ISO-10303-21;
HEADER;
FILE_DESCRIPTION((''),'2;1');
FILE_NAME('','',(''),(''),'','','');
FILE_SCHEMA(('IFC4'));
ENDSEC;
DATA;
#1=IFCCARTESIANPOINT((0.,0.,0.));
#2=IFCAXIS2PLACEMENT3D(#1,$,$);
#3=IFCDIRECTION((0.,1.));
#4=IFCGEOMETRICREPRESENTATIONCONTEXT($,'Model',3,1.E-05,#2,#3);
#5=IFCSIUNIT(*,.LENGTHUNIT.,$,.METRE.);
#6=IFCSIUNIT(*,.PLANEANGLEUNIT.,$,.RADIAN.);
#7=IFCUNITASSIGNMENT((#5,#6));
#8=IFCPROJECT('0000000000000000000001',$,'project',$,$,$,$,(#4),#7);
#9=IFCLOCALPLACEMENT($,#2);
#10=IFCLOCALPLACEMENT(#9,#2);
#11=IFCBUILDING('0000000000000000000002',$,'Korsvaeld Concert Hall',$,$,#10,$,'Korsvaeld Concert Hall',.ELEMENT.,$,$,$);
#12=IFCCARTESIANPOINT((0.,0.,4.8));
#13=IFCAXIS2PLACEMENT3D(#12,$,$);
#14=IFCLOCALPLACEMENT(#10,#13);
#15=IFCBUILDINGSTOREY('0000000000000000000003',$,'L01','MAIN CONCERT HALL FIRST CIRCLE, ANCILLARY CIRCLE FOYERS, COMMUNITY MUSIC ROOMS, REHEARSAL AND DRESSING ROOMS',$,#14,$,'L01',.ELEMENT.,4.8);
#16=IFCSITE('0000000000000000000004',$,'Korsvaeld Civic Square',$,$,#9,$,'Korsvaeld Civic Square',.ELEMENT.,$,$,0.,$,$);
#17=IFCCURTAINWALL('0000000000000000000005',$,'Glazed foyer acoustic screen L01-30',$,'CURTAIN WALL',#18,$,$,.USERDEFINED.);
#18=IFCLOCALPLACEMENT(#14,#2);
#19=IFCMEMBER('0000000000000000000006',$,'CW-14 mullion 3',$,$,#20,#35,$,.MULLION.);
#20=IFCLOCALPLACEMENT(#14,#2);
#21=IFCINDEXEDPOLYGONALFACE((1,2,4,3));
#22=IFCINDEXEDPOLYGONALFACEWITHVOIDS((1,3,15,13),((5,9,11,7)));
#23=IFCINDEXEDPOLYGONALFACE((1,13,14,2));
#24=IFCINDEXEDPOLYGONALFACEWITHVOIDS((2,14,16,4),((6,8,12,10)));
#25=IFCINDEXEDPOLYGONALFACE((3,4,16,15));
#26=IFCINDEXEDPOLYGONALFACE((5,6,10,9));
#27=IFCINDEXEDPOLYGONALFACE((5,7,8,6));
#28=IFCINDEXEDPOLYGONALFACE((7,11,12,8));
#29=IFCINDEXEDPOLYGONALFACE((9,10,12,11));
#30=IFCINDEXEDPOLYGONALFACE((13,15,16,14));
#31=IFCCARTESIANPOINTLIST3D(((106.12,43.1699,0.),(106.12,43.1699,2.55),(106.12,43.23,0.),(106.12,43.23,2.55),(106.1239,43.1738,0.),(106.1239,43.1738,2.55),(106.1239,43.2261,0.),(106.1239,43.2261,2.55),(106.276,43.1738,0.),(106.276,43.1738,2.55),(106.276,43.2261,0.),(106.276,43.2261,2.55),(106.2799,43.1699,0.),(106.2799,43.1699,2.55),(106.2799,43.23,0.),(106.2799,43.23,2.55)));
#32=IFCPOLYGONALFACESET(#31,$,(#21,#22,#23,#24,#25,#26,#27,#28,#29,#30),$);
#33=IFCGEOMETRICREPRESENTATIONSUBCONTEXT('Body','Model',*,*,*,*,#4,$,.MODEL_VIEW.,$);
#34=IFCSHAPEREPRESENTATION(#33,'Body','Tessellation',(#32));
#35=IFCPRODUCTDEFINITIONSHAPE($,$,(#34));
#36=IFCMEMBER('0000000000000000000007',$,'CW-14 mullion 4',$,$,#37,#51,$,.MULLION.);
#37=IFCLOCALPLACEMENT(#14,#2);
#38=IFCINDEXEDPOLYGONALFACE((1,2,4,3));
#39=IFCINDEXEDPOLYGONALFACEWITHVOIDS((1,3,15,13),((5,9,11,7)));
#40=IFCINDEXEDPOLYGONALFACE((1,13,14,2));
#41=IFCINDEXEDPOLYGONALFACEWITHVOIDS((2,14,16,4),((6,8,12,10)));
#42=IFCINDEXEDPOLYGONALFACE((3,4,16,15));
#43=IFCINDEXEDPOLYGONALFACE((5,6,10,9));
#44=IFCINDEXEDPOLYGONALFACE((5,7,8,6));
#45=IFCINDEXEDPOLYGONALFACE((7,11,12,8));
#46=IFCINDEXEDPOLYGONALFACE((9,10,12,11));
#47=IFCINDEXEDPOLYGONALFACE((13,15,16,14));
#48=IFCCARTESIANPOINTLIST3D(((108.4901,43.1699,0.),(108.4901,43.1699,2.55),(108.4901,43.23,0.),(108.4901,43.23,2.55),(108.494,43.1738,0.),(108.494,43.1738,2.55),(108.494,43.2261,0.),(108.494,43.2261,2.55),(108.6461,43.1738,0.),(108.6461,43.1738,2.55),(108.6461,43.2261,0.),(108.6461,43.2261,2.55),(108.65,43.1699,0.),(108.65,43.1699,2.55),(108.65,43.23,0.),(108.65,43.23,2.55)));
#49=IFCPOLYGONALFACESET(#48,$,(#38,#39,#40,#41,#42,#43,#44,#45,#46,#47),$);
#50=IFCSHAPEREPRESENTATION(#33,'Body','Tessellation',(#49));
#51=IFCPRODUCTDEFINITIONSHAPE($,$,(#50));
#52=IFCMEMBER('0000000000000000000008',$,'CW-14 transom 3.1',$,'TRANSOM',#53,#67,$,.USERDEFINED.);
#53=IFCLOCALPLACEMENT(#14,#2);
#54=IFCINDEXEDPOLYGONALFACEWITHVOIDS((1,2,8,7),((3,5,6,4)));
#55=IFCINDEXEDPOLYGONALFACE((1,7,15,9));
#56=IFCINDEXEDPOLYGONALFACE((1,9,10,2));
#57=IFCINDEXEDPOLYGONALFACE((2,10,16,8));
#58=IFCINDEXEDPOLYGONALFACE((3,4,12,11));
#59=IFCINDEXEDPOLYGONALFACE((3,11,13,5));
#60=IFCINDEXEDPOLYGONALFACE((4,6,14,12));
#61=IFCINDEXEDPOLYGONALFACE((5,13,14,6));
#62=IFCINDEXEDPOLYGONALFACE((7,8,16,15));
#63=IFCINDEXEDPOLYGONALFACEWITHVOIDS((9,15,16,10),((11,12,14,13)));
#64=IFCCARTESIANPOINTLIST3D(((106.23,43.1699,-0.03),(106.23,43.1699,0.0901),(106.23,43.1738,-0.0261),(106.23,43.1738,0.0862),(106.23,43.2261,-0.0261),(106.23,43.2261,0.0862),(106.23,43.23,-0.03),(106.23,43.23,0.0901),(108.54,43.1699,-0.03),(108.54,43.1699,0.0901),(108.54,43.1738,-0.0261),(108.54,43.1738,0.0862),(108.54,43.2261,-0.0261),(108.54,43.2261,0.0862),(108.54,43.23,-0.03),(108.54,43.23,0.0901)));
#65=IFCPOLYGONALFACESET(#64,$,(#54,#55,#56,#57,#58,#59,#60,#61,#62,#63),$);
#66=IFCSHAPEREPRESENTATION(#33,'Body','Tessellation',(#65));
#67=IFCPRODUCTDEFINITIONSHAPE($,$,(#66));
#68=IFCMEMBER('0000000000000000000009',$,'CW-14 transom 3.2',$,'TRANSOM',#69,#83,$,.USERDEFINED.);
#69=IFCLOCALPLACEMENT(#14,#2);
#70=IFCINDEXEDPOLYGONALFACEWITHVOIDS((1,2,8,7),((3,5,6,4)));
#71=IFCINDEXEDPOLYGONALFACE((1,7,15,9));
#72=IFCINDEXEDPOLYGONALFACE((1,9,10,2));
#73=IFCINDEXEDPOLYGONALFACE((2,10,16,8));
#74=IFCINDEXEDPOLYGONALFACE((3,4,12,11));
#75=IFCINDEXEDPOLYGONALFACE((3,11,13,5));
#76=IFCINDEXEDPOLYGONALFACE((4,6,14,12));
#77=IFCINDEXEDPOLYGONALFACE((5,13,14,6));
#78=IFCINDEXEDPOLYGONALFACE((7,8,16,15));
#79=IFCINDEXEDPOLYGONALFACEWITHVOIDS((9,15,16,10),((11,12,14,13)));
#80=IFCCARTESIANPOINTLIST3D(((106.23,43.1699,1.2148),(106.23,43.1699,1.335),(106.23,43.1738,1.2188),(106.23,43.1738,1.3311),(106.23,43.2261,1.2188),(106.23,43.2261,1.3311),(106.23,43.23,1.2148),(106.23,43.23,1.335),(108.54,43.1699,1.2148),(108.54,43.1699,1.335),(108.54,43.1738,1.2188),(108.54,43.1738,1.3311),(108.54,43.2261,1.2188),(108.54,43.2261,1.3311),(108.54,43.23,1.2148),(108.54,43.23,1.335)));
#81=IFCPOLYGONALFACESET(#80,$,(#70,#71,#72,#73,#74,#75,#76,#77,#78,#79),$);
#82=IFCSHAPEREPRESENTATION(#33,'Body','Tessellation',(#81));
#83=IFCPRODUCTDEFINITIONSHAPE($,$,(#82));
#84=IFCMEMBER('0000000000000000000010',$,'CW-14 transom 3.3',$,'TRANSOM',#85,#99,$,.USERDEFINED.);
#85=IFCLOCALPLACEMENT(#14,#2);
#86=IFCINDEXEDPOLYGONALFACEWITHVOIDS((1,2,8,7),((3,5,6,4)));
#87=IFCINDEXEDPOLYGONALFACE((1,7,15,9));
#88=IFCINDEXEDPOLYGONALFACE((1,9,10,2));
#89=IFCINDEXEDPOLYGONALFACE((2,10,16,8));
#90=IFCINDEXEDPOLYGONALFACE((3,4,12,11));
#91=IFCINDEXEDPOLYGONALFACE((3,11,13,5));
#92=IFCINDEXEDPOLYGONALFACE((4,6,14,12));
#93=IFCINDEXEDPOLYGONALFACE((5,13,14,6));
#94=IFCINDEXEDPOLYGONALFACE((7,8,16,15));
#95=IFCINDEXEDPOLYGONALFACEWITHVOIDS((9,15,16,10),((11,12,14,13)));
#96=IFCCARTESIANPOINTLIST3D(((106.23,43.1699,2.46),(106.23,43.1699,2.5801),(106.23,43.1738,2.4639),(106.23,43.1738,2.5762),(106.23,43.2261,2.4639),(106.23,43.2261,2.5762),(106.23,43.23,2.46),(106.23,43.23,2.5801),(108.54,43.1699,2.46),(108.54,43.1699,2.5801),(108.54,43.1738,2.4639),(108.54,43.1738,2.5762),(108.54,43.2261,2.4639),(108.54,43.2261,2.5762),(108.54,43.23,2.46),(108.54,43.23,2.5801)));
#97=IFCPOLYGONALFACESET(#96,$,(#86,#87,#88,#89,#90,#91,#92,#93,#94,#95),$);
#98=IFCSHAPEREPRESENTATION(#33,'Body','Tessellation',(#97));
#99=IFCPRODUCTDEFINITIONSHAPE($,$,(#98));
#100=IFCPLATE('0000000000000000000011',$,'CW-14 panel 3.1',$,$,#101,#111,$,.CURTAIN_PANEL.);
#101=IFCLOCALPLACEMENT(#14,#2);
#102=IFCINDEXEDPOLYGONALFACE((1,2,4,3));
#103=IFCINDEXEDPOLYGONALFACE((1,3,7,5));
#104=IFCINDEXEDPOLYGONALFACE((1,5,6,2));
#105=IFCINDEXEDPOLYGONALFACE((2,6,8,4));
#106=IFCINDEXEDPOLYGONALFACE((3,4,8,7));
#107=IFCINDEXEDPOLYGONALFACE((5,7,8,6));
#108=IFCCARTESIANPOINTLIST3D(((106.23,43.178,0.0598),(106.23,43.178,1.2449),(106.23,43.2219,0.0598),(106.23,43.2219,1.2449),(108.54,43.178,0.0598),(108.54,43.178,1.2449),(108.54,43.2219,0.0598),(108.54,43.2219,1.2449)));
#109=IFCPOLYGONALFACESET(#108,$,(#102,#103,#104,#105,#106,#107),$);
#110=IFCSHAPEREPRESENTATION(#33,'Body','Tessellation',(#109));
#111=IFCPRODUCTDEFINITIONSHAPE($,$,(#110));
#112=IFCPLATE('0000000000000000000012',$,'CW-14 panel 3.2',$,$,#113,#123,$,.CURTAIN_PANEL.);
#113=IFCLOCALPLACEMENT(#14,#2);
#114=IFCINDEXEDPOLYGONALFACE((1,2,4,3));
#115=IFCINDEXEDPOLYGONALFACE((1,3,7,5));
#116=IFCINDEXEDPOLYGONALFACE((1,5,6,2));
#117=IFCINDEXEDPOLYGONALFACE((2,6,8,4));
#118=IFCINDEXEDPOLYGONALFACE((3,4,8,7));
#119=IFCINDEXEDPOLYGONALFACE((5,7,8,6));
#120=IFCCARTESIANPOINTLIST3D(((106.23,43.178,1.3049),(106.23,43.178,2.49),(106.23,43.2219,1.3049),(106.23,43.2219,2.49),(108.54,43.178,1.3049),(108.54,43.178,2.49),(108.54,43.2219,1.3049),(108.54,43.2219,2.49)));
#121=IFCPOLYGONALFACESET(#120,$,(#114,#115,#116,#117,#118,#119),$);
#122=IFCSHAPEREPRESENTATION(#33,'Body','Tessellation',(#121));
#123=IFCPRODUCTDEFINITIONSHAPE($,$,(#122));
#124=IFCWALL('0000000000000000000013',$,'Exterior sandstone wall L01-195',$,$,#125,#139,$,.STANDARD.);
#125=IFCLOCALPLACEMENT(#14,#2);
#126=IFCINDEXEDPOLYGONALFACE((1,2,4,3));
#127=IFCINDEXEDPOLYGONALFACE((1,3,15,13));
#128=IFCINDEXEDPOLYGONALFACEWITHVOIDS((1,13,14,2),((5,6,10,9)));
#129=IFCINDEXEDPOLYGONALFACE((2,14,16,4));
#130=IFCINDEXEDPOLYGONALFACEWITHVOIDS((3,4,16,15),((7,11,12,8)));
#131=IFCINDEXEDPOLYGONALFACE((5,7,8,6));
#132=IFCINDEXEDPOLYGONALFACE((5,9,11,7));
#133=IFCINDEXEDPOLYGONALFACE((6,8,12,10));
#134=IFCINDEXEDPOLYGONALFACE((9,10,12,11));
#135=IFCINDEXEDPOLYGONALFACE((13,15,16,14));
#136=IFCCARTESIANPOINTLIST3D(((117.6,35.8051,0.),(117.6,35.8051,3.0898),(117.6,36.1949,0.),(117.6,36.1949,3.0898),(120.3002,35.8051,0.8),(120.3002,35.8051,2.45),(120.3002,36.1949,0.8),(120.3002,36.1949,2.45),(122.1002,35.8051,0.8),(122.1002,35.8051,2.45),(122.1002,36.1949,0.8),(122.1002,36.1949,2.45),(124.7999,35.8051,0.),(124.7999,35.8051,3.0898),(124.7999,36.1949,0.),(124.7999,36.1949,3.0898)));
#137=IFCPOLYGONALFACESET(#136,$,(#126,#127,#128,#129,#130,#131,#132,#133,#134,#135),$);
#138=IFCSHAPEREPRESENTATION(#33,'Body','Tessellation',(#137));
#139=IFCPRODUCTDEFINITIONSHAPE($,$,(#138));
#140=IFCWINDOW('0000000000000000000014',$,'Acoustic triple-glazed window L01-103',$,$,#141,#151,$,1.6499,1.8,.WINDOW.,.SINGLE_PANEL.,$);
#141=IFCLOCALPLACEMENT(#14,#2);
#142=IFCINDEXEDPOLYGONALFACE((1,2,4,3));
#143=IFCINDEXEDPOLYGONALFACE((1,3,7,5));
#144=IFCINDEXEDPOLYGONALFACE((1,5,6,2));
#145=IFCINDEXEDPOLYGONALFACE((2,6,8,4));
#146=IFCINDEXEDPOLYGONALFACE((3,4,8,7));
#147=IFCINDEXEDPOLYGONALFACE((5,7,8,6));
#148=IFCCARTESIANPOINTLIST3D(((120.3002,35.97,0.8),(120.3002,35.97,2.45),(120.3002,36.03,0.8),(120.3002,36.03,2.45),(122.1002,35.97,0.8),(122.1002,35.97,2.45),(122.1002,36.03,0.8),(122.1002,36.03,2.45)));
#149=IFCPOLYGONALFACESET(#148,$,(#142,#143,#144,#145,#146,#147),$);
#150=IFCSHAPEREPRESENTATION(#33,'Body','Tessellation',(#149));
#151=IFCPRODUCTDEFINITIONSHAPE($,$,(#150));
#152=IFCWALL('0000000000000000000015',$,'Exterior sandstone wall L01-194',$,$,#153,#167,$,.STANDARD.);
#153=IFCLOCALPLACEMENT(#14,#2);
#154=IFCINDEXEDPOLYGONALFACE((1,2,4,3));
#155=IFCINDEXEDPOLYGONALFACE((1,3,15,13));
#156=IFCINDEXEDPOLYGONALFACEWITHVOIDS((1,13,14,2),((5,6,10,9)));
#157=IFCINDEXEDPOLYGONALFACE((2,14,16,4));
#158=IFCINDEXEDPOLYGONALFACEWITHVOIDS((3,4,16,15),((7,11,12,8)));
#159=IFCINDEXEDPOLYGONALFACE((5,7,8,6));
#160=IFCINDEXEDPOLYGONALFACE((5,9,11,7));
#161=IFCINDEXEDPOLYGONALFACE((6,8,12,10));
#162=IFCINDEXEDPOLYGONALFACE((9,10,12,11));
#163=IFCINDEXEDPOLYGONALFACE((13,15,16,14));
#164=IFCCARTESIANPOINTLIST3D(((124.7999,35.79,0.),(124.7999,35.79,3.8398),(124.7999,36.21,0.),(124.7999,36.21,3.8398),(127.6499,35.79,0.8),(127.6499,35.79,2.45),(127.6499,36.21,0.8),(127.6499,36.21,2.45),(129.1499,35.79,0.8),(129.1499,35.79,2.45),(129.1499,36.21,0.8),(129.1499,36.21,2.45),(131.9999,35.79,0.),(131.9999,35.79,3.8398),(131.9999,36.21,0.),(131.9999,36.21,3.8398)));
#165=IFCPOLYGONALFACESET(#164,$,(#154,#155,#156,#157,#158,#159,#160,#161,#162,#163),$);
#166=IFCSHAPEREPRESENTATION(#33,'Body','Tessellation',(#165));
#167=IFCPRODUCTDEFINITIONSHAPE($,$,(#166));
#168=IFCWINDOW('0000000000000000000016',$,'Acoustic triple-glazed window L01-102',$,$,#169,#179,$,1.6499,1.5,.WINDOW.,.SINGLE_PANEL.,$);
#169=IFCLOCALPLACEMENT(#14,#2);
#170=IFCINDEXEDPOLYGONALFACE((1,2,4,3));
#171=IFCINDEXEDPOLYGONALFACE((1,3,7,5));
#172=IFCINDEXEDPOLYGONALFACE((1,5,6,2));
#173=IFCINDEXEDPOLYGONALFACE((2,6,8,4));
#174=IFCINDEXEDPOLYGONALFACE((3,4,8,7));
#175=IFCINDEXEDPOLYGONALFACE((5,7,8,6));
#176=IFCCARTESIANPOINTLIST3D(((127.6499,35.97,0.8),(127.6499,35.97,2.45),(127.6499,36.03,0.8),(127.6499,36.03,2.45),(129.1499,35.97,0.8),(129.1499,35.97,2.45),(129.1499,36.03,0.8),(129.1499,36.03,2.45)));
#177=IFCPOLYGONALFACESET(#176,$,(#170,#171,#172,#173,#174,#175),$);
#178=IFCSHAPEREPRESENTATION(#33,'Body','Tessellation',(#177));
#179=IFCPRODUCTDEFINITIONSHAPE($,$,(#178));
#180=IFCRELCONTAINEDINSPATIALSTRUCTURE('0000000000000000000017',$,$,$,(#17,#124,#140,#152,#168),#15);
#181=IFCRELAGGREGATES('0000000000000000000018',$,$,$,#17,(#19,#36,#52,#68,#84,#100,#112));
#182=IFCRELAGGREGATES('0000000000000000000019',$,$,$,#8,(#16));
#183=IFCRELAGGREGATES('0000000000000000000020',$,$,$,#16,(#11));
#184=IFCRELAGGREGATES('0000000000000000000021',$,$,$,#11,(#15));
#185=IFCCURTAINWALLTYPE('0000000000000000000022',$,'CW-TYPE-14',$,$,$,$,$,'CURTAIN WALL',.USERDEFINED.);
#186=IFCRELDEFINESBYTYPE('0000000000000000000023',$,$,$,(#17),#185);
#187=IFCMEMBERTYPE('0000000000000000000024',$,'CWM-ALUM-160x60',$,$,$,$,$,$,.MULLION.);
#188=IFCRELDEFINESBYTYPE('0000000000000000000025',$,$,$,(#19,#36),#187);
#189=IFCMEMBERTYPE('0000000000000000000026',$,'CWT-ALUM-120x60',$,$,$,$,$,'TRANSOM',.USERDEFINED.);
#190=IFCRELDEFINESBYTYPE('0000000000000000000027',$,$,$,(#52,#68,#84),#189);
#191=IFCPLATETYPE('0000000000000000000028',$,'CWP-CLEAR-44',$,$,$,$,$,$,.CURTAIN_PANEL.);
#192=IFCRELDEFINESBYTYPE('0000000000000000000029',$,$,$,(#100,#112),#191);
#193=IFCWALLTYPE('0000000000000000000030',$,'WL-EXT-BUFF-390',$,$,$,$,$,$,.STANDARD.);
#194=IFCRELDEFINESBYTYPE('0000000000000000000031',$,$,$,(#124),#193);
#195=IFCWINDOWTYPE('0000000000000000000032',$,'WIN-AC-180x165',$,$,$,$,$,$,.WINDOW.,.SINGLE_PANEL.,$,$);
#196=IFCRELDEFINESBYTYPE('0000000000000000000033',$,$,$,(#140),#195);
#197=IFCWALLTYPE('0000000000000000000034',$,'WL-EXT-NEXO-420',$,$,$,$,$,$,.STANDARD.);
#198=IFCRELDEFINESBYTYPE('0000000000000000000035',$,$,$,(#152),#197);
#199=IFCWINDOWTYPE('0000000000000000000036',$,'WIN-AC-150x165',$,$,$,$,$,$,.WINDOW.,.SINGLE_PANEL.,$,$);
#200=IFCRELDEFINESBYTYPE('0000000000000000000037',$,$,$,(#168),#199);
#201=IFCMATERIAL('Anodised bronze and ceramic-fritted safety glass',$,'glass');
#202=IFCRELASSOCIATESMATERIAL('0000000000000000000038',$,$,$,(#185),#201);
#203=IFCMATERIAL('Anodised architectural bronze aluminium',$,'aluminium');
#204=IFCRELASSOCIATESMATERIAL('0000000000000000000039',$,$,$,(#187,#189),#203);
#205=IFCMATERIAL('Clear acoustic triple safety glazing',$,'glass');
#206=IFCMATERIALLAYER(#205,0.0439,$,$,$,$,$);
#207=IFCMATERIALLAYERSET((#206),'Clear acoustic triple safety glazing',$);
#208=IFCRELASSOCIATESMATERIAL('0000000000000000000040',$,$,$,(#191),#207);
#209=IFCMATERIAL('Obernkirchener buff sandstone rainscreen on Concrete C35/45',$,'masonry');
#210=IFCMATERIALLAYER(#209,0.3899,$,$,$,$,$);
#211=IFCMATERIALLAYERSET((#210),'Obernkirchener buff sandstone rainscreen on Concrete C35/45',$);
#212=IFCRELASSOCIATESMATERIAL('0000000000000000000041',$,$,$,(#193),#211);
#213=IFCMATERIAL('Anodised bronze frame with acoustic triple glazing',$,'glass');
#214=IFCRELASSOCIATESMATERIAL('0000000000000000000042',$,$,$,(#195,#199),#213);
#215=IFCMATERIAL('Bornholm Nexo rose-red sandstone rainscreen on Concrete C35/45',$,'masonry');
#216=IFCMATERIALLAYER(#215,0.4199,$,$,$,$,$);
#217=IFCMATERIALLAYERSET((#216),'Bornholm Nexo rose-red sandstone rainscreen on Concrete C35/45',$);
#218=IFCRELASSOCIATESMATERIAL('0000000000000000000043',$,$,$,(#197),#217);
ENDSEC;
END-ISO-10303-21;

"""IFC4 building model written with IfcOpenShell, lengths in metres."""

from ifc_helpers import new_model, si_unit, direction, frame, frame_2d, origin, origin_2d, place, context, subcontext, project, spatial, rectangle, hollow_rectangle, extrude, material, layer, layer_set, material_profile, profile_set, type_object, element, fill, aggregate, save


model = new_model("IFC4")

# Units and contexts
model_context = context("Model", 3, precision=1e-05, world=origin(), true_north=direction((0.0, 1.0)))
body_context = subcontext(model_context, "Body", "Model", "MODEL_VIEW")
ifc_project = project(units=[si_unit("LENGTHUNIT", "METRE"), si_unit("PLANEANGLEUNIT", "RADIAN")], contexts=[model_context])

# Site, building, storey
site_placement = place(None, origin())
site = spatial("IfcSite", under=ifc_project, at=site_placement, Name="Korsvaeld Civic Square", LongName="Korsvaeld Civic Square", CompositionType="ELEMENT", RefElevation=0.0)
building_placement = place(site_placement, origin())
building = spatial("IfcBuilding", under=site, at=building_placement, Name="Korsvaeld Concert Hall", LongName="Korsvaeld Concert Hall", CompositionType="ELEMENT")
storey_placement = place(building_placement, frame((0.0, 0.0, 4.8)))
storey = spatial("IfcBuildingStorey", under=building, at=storey_placement, Name="L01", Description="MAIN CONCERT HALL FIRST CIRCLE, ANCILLARY CIRCLE FOYERS, COMMUNITY MUSIC ROOMS, REHEARSAL AND DRESSING ROOMS", LongName="L01", CompositionType="ELEMENT", Elevation=4.8)

# Curtain wall, members, plates
ifc_material_1 = material(Name="Anodised bronze and ceramic-fritted safety glass", Category="glass")
curtain_wall_type = type_object("IfcCurtainWallType", Name="CW-TYPE-14", ElementType="CURTAIN WALL", PredefinedType="USERDEFINED", material=ifc_material_1)
curtain_wall_placement = place(storey_placement, origin())
curtain_wall = element("IfcCurtainWall", 1, at=curtain_wall_placement, inside=storey, type_object=curtain_wall_type, Name="Glazed foyer acoustic screen L01-30", ObjectType="CURTAIN WALL", PredefinedType="USERDEFINED")
ifc_material_2 = material(Name="Anodised architectural bronze aluminium", Category="aluminium")
ifc_material_profile_1 = material_profile(ifc_material_2, hollow_rectangle(XDim=0.0601, YDim=0.1599, WallThickness=0.0039, at=origin_2d()), Name="CWM 160x60x4")
ifc_profile_set_1 = profile_set([ifc_material_profile_1], Name="Anodised architectural bronze aluminium")
member_type_1 = type_object("IfcMemberType", Name="CWM-ALUM-160x60", PredefinedType="MULLION", material=ifc_profile_set_1)
member_1_placement = place(storey_placement, frame((106.2, 43.2, 0.0), z_axis=(0.0, 0.0, 1.0), x_axis=(0.0, 1.0, 0.0)))
member_1 = element("IfcMember", 2, at=member_1_placement, type_object=member_type_1, Name="CW-14 mullion 3", PredefinedType="MULLION", context=body_context, shape_type="SweptSolid", body=[
    extrude(hollow_rectangle(XDim=0.0601, YDim=0.1599, WallThickness=0.0039, at=origin_2d()), origin(), (0.0, 0.0, 1.0), 2.55),
])
member_2_placement = place(storey_placement, frame((108.5701, 43.2, 0.0), z_axis=(0.0, 0.0, 1.0), x_axis=(0.0, 1.0, 0.0)))
member_2 = element("IfcMember", 3, at=member_2_placement, type_object=member_type_1, Name="CW-14 mullion 4", PredefinedType="MULLION", context=body_context, shape_type="SweptSolid", body=[
    extrude(hollow_rectangle(XDim=0.0601, YDim=0.1599, WallThickness=0.0039, at=origin_2d()), origin(), (0.0, 0.0, 1.0), 2.55),
])
ifc_material_profile_2 = material_profile(ifc_material_2, hollow_rectangle(XDim=0.0601, YDim=0.1201, WallThickness=0.0039, at=origin_2d()), Name="CWT 120x60x4")
ifc_profile_set_2 = profile_set([ifc_material_profile_2], Name="Anodised architectural bronze aluminium")
member_type_2 = type_object("IfcMemberType", Name="CWT-ALUM-120x60", ElementType="TRANSOM", PredefinedType="USERDEFINED", material=ifc_profile_set_2)
member_3_placement = place(storey_placement, frame((106.23, 43.2, 0.03), z_axis=(1.0, 0.0, 0.0), x_axis=(0.0, 1.0, 0.0)))
member_3 = element("IfcMember", 4, at=member_3_placement, type_object=member_type_2, Name="CW-14 transom 3.1", ObjectType="TRANSOM", PredefinedType="USERDEFINED", context=body_context, shape_type="SweptSolid", body=[
    extrude(hollow_rectangle(XDim=0.0601, YDim=0.1201, WallThickness=0.0039, at=origin_2d()), origin(), (0.0, 0.0, 1.0), 2.3101),
])
member_4_placement = place(storey_placement, frame((106.23, 43.2, 1.2749), z_axis=(1.0, 0.0, 0.0), x_axis=(0.0, 1.0, 0.0)))
member_4 = element("IfcMember", 5, at=member_4_placement, type_object=member_type_2, Name="CW-14 transom 3.2", ObjectType="TRANSOM", PredefinedType="USERDEFINED", context=body_context, shape_type="SweptSolid", body=[
    extrude(hollow_rectangle(XDim=0.0601, YDim=0.1201, WallThickness=0.0039, at=origin_2d()), origin(), (0.0, 0.0, 1.0), 2.3101),
])
member_5_placement = place(storey_placement, frame((106.23, 43.2, 2.52), z_axis=(1.0, 0.0, 0.0), x_axis=(0.0, 1.0, 0.0)))
member_5 = element("IfcMember", 6, at=member_5_placement, type_object=member_type_2, Name="CW-14 transom 3.3", ObjectType="TRANSOM", PredefinedType="USERDEFINED", context=body_context, shape_type="SweptSolid", body=[
    extrude(hollow_rectangle(XDim=0.0601, YDim=0.1201, WallThickness=0.0039, at=origin_2d()), origin(), (0.0, 0.0, 1.0), 2.3101),
])
ifc_material_3 = material(Name="Clear acoustic triple safety glazing", Category="glass")
ifc_layer_1 = layer(ifc_material_3, 0.0439)
ifc_layer_set_1 = layer_set([ifc_layer_1], Name="Clear acoustic triple safety glazing")
plate_type = type_object("IfcPlateType", Name="CWP-CLEAR-44", PredefinedType="CURTAIN_PANEL", material=ifc_layer_set_1)
plate_1_placement = place(storey_placement, frame((107.385, 43.2, 0.0598), z_axis=(0.0, 0.0, 1.0), x_axis=(1.0, 0.0, 0.0)))
plate_1 = element("IfcPlate", 7, at=plate_1_placement, type_object=plate_type, Name="CW-14 panel 3.1", PredefinedType="CURTAIN_PANEL", context=body_context, shape_type="SweptSolid", body=[
    extrude(rectangle(XDim=2.3101, YDim=0.0439, at=origin_2d()), origin(), (0.0, 0.0, 1.0), 1.1851),
])
plate_2_placement = place(storey_placement, frame((107.385, 43.2, 1.3049), z_axis=(0.0, 0.0, 1.0), x_axis=(1.0, 0.0, 0.0)))
plate_2 = element("IfcPlate", 8, at=plate_2_placement, type_object=plate_type, Name="CW-14 panel 3.2", PredefinedType="CURTAIN_PANEL", context=body_context, shape_type="SweptSolid", body=[
    extrude(rectangle(XDim=2.3101, YDim=0.0439, at=origin_2d()), origin(), (0.0, 0.0, 1.0), 1.1851),
])
aggregate(curtain_wall, [member_1, member_2, member_3, member_4, member_5, plate_1, plate_2])

# Walls, openings, windows
ifc_material_4 = material(Name="Obernkirchener buff sandstone rainscreen on Concrete C35/45", Category="masonry")
ifc_layer_2 = layer(ifc_material_4, 0.3899)
ifc_layer_set_2 = layer_set([ifc_layer_2], Name="Obernkirchener buff sandstone rainscreen on Concrete C35/45")
wall_type_1 = type_object("IfcWallType", Name="WL-EXT-BUFF-390", PredefinedType="STANDARD", material=ifc_layer_set_2)
wall_1_placement = place(storey_placement, frame((124.8, 36.0, 0.0), z_axis=(0.0, 0.0, 1.0), x_axis=(-1.0, 0.0, 0.0)))
wall_1 = element("IfcWall", 9, at=wall_1_placement, inside=storey, type_object=wall_type_1, Name="Exterior sandstone wall L01-195", PredefinedType="STANDARD", context=body_context, shape_type="SweptSolid", body=[
    extrude(rectangle(XDim=7.2, YDim=0.3899, at=frame_2d((3.6001, 0.0))), origin(), (0.0, 0.0, 1.0), 3.0898),
])
opening_1_placement = place(wall_1_placement, frame((2.7, 0.0, 0.8)))
opening_1 = element("IfcOpeningElement", 10, at=opening_1_placement, cuts=wall_1, PredefinedType="OPENING", context=body_context, shape_type="SweptSolid", body=[
    extrude(rectangle(XDim=1.8, YDim=1.6499, at=frame_2d((0.8999, 0.825))), frame((0.0, 0.2051, 0.0), z_axis=(0.0, -1.0, 0.0), x_axis=(1.0, 0.0, 0.0)), (0.0, 0.0, 1.0), 0.4099),
])
ifc_material_5 = material(Name="Anodised bronze frame with acoustic triple glazing", Category="glass")
window_type_1 = type_object("IfcWindowType", Name="WIN-AC-180x165", PartitioningType="SINGLE_PANEL", PredefinedType="WINDOW", material=ifc_material_5)
window_1_placement = place(opening_1_placement, origin())
window_1 = element("IfcWindow", 11, at=window_1_placement, inside=storey, type_object=window_type_1, Name="Acoustic triple-glazed window L01-103", OverallHeight=1.6499, OverallWidth=1.8, PartitioningType="SINGLE_PANEL", PredefinedType="WINDOW", context=body_context, shape_type="SweptSolid", body=[
    extrude(rectangle(XDim=1.8, YDim=1.6499, at=frame_2d((0.8999, 0.825))), frame((0.0, 0.03, 0.0), z_axis=(0.0, -1.0, 0.0), x_axis=(1.0, 0.0, 0.0)), (0.0, 0.0, 1.0), 0.0601),
])
fill(opening_1, window_1)
ifc_material_6 = material(Name="Bornholm Nexo rose-red sandstone rainscreen on Concrete C35/45", Category="masonry")
ifc_layer_3 = layer(ifc_material_6, 0.4199)
ifc_layer_set_3 = layer_set([ifc_layer_3], Name="Bornholm Nexo rose-red sandstone rainscreen on Concrete C35/45")
wall_type_2 = type_object("IfcWallType", Name="WL-EXT-NEXO-420", PredefinedType="STANDARD", material=ifc_layer_set_3)
wall_2_placement = place(storey_placement, frame((132.0, 36.0, 0.0), z_axis=(0.0, 0.0, 1.0), x_axis=(-1.0, 0.0, 0.0)))
wall_2 = element("IfcWall", 12, at=wall_2_placement, inside=storey, type_object=wall_type_2, Name="Exterior sandstone wall L01-194", PredefinedType="STANDARD", context=body_context, shape_type="SweptSolid", body=[
    extrude(rectangle(XDim=7.2, YDim=0.4199, at=frame_2d((3.6001, 0.0))), origin(), (0.0, 0.0, 1.0), 3.8398),
])
opening_2_placement = place(wall_2_placement, frame((2.8501, 0.0, 0.8)))
opening_2 = element("IfcOpeningElement", 13, at=opening_2_placement, cuts=wall_2, PredefinedType="OPENING", context=body_context, shape_type="SweptSolid", body=[
    extrude(rectangle(XDim=1.5, YDim=1.6499, at=frame_2d((0.75, 0.825))), frame((0.0, 0.22, 0.0), z_axis=(0.0, -1.0, 0.0), x_axis=(1.0, 0.0, 0.0)), (0.0, 0.0, 1.0), 0.4399),
])
window_type_2 = type_object("IfcWindowType", Name="WIN-AC-150x165", PartitioningType="SINGLE_PANEL", PredefinedType="WINDOW", material=ifc_material_5)
window_2_placement = place(opening_2_placement, origin())
window_2 = element("IfcWindow", 14, at=window_2_placement, inside=storey, type_object=window_type_2, Name="Acoustic triple-glazed window L01-102", OverallHeight=1.6499, OverallWidth=1.5, PartitioningType="SINGLE_PANEL", PredefinedType="WINDOW", context=body_context, shape_type="SweptSolid", body=[
    extrude(rectangle(XDim=1.5, YDim=1.6499, at=frame_2d((0.75, 0.825))), frame((0.0, 0.03, 0.0), z_axis=(0.0, -1.0, 0.0), x_axis=(1.0, 0.0, 0.0)), (0.0, 0.0, 1.0), 0.0601),
])
fill(opening_2, window_2)

save(model, "model.ifc")
